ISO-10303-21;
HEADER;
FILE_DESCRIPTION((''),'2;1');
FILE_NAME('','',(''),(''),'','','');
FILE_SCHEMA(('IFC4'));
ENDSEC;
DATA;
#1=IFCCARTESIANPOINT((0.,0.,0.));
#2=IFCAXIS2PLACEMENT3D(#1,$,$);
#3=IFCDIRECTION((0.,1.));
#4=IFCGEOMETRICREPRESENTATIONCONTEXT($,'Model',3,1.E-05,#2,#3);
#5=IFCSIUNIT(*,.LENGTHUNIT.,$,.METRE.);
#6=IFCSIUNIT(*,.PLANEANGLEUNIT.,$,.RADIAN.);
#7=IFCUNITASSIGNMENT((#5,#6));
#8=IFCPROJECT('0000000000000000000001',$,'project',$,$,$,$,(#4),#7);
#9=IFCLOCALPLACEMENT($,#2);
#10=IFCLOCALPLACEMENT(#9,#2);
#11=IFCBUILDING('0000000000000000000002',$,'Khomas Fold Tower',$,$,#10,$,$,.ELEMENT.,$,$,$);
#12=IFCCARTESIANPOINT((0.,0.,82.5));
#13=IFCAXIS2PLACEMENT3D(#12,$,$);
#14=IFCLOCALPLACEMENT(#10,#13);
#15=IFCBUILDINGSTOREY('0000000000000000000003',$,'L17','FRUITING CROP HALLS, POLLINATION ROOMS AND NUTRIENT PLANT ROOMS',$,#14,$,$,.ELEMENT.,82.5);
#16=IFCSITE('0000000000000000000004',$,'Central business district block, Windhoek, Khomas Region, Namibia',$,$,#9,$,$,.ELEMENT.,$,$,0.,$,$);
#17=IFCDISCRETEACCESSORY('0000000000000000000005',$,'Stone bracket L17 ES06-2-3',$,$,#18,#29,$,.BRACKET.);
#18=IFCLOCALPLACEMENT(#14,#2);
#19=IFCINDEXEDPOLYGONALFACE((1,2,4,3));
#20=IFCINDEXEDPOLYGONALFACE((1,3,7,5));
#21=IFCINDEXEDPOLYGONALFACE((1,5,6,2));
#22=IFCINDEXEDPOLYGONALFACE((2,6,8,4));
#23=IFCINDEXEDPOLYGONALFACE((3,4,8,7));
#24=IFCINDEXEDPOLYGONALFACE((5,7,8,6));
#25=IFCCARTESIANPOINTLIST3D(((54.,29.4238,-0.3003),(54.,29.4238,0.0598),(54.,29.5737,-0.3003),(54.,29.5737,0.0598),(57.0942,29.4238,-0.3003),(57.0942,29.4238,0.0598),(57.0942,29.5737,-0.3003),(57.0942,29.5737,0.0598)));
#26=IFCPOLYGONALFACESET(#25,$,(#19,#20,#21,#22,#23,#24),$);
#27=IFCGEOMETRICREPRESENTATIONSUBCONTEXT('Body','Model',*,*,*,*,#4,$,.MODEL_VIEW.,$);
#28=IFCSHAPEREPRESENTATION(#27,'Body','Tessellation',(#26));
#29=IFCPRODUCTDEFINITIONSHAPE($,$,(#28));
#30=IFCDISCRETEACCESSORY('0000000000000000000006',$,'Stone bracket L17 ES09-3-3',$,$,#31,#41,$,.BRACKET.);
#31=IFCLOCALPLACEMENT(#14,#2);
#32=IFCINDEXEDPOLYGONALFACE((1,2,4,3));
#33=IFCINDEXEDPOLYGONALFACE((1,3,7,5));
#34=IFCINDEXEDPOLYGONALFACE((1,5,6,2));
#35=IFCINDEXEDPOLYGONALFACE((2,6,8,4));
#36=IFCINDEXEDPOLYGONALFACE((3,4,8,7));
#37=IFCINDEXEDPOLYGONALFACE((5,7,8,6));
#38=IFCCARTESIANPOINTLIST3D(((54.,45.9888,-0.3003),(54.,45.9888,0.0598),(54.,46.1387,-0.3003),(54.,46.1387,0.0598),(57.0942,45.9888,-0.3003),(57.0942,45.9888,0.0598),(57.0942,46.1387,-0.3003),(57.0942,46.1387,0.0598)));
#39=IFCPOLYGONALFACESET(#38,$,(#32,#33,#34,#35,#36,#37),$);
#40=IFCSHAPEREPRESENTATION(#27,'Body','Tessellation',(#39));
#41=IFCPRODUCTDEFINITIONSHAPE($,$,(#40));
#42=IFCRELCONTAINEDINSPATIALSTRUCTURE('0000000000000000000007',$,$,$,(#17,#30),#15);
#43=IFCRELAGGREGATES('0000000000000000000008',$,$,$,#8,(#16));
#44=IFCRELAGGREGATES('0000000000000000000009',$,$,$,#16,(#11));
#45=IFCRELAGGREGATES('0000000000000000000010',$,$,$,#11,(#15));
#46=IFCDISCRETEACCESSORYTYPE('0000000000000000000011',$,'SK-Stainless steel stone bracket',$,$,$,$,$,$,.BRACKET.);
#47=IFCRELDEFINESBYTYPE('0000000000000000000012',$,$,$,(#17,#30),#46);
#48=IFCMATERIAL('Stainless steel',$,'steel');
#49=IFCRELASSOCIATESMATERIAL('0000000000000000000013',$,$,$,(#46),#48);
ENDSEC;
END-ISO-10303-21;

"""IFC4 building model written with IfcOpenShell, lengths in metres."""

from ifc_helpers import new_model, si_unit, direction, frame, origin, origin_2d, place, context, subcontext, project, spatial, rectangle, extrude, source, transform, mapped, material, type_object, element, save


model = new_model("IFC4")

# Units and contexts
model_context = context("Model", 3, precision=1e-05, world=origin(), true_north=direction((0.0, 1.0)))
body_context = subcontext(model_context, "Body", "Model", "MODEL_VIEW")
ifc_project = project(units=[si_unit("LENGTHUNIT", "METRE"), si_unit("PLANEANGLEUNIT", "RADIAN")], contexts=[model_context])

# Site, building, storey
site_placement = place(None, origin())
site = spatial("IfcSite", under=ifc_project, at=site_placement, Name="Central business district block, Windhoek, Khomas Region, Namibia", CompositionType="ELEMENT", RefElevation=0.0)
building_placement = place(site_placement, origin())
building = spatial("IfcBuilding", under=site, at=building_placement, Name="Khomas Fold Tower", CompositionType="ELEMENT")
storey_placement = place(building_placement, frame((0.0, 0.0, 82.5)))
storey = spatial("IfcBuildingStorey", under=building, at=storey_placement, Name="L17", Description="FRUITING CROP HALLS, POLLINATION ROOMS AND NUTRIENT PLANT ROOMS", CompositionType="ELEMENT", Elevation=82.5)

# Discrete accessories
ifc_material_1 = material(Name="Stainless steel", Category="steel")
discrete_accessory_type = type_object("IfcDiscreteAccessoryType", Name="SK-Stainless steel stone bracket", PredefinedType="BRACKET", material=ifc_material_1)
shared_shape_1 = source(origin(), body_context, "Body", "SweptSolid", [
    extrude(rectangle(XDim=3.0942, YDim=0.1499, at=origin_2d()), origin(), (0.0, 0.0, 1.0), 0.3601),
])
for number, where, z_axis, x_axis, name in (
    (1, (55.5471, 29.4988, -0.3003), (0.0, 0.0, 1.0), (1.0, 0.0, 0.0), "Stone bracket L17 ES06-2-3"),
    (2, (55.5471, 46.0637, -0.3003), (0.0, 0.0, 1.0), (1.0, 0.0, 0.0), "Stone bracket L17 ES09-3-3"),
):
    element("IfcDiscreteAccessory", number, at=place(storey_placement, frame(where, z_axis=z_axis, x_axis=x_axis)), inside=storey, type_object=discrete_accessory_type, Name=name, PredefinedType="BRACKET", context=body_context, shape_type="MappedRepresentation", body=[
        mapped(shared_shape_1, transform((0.0, 0.0, 0.0))),
    ])

save(model, "model.ifc")
